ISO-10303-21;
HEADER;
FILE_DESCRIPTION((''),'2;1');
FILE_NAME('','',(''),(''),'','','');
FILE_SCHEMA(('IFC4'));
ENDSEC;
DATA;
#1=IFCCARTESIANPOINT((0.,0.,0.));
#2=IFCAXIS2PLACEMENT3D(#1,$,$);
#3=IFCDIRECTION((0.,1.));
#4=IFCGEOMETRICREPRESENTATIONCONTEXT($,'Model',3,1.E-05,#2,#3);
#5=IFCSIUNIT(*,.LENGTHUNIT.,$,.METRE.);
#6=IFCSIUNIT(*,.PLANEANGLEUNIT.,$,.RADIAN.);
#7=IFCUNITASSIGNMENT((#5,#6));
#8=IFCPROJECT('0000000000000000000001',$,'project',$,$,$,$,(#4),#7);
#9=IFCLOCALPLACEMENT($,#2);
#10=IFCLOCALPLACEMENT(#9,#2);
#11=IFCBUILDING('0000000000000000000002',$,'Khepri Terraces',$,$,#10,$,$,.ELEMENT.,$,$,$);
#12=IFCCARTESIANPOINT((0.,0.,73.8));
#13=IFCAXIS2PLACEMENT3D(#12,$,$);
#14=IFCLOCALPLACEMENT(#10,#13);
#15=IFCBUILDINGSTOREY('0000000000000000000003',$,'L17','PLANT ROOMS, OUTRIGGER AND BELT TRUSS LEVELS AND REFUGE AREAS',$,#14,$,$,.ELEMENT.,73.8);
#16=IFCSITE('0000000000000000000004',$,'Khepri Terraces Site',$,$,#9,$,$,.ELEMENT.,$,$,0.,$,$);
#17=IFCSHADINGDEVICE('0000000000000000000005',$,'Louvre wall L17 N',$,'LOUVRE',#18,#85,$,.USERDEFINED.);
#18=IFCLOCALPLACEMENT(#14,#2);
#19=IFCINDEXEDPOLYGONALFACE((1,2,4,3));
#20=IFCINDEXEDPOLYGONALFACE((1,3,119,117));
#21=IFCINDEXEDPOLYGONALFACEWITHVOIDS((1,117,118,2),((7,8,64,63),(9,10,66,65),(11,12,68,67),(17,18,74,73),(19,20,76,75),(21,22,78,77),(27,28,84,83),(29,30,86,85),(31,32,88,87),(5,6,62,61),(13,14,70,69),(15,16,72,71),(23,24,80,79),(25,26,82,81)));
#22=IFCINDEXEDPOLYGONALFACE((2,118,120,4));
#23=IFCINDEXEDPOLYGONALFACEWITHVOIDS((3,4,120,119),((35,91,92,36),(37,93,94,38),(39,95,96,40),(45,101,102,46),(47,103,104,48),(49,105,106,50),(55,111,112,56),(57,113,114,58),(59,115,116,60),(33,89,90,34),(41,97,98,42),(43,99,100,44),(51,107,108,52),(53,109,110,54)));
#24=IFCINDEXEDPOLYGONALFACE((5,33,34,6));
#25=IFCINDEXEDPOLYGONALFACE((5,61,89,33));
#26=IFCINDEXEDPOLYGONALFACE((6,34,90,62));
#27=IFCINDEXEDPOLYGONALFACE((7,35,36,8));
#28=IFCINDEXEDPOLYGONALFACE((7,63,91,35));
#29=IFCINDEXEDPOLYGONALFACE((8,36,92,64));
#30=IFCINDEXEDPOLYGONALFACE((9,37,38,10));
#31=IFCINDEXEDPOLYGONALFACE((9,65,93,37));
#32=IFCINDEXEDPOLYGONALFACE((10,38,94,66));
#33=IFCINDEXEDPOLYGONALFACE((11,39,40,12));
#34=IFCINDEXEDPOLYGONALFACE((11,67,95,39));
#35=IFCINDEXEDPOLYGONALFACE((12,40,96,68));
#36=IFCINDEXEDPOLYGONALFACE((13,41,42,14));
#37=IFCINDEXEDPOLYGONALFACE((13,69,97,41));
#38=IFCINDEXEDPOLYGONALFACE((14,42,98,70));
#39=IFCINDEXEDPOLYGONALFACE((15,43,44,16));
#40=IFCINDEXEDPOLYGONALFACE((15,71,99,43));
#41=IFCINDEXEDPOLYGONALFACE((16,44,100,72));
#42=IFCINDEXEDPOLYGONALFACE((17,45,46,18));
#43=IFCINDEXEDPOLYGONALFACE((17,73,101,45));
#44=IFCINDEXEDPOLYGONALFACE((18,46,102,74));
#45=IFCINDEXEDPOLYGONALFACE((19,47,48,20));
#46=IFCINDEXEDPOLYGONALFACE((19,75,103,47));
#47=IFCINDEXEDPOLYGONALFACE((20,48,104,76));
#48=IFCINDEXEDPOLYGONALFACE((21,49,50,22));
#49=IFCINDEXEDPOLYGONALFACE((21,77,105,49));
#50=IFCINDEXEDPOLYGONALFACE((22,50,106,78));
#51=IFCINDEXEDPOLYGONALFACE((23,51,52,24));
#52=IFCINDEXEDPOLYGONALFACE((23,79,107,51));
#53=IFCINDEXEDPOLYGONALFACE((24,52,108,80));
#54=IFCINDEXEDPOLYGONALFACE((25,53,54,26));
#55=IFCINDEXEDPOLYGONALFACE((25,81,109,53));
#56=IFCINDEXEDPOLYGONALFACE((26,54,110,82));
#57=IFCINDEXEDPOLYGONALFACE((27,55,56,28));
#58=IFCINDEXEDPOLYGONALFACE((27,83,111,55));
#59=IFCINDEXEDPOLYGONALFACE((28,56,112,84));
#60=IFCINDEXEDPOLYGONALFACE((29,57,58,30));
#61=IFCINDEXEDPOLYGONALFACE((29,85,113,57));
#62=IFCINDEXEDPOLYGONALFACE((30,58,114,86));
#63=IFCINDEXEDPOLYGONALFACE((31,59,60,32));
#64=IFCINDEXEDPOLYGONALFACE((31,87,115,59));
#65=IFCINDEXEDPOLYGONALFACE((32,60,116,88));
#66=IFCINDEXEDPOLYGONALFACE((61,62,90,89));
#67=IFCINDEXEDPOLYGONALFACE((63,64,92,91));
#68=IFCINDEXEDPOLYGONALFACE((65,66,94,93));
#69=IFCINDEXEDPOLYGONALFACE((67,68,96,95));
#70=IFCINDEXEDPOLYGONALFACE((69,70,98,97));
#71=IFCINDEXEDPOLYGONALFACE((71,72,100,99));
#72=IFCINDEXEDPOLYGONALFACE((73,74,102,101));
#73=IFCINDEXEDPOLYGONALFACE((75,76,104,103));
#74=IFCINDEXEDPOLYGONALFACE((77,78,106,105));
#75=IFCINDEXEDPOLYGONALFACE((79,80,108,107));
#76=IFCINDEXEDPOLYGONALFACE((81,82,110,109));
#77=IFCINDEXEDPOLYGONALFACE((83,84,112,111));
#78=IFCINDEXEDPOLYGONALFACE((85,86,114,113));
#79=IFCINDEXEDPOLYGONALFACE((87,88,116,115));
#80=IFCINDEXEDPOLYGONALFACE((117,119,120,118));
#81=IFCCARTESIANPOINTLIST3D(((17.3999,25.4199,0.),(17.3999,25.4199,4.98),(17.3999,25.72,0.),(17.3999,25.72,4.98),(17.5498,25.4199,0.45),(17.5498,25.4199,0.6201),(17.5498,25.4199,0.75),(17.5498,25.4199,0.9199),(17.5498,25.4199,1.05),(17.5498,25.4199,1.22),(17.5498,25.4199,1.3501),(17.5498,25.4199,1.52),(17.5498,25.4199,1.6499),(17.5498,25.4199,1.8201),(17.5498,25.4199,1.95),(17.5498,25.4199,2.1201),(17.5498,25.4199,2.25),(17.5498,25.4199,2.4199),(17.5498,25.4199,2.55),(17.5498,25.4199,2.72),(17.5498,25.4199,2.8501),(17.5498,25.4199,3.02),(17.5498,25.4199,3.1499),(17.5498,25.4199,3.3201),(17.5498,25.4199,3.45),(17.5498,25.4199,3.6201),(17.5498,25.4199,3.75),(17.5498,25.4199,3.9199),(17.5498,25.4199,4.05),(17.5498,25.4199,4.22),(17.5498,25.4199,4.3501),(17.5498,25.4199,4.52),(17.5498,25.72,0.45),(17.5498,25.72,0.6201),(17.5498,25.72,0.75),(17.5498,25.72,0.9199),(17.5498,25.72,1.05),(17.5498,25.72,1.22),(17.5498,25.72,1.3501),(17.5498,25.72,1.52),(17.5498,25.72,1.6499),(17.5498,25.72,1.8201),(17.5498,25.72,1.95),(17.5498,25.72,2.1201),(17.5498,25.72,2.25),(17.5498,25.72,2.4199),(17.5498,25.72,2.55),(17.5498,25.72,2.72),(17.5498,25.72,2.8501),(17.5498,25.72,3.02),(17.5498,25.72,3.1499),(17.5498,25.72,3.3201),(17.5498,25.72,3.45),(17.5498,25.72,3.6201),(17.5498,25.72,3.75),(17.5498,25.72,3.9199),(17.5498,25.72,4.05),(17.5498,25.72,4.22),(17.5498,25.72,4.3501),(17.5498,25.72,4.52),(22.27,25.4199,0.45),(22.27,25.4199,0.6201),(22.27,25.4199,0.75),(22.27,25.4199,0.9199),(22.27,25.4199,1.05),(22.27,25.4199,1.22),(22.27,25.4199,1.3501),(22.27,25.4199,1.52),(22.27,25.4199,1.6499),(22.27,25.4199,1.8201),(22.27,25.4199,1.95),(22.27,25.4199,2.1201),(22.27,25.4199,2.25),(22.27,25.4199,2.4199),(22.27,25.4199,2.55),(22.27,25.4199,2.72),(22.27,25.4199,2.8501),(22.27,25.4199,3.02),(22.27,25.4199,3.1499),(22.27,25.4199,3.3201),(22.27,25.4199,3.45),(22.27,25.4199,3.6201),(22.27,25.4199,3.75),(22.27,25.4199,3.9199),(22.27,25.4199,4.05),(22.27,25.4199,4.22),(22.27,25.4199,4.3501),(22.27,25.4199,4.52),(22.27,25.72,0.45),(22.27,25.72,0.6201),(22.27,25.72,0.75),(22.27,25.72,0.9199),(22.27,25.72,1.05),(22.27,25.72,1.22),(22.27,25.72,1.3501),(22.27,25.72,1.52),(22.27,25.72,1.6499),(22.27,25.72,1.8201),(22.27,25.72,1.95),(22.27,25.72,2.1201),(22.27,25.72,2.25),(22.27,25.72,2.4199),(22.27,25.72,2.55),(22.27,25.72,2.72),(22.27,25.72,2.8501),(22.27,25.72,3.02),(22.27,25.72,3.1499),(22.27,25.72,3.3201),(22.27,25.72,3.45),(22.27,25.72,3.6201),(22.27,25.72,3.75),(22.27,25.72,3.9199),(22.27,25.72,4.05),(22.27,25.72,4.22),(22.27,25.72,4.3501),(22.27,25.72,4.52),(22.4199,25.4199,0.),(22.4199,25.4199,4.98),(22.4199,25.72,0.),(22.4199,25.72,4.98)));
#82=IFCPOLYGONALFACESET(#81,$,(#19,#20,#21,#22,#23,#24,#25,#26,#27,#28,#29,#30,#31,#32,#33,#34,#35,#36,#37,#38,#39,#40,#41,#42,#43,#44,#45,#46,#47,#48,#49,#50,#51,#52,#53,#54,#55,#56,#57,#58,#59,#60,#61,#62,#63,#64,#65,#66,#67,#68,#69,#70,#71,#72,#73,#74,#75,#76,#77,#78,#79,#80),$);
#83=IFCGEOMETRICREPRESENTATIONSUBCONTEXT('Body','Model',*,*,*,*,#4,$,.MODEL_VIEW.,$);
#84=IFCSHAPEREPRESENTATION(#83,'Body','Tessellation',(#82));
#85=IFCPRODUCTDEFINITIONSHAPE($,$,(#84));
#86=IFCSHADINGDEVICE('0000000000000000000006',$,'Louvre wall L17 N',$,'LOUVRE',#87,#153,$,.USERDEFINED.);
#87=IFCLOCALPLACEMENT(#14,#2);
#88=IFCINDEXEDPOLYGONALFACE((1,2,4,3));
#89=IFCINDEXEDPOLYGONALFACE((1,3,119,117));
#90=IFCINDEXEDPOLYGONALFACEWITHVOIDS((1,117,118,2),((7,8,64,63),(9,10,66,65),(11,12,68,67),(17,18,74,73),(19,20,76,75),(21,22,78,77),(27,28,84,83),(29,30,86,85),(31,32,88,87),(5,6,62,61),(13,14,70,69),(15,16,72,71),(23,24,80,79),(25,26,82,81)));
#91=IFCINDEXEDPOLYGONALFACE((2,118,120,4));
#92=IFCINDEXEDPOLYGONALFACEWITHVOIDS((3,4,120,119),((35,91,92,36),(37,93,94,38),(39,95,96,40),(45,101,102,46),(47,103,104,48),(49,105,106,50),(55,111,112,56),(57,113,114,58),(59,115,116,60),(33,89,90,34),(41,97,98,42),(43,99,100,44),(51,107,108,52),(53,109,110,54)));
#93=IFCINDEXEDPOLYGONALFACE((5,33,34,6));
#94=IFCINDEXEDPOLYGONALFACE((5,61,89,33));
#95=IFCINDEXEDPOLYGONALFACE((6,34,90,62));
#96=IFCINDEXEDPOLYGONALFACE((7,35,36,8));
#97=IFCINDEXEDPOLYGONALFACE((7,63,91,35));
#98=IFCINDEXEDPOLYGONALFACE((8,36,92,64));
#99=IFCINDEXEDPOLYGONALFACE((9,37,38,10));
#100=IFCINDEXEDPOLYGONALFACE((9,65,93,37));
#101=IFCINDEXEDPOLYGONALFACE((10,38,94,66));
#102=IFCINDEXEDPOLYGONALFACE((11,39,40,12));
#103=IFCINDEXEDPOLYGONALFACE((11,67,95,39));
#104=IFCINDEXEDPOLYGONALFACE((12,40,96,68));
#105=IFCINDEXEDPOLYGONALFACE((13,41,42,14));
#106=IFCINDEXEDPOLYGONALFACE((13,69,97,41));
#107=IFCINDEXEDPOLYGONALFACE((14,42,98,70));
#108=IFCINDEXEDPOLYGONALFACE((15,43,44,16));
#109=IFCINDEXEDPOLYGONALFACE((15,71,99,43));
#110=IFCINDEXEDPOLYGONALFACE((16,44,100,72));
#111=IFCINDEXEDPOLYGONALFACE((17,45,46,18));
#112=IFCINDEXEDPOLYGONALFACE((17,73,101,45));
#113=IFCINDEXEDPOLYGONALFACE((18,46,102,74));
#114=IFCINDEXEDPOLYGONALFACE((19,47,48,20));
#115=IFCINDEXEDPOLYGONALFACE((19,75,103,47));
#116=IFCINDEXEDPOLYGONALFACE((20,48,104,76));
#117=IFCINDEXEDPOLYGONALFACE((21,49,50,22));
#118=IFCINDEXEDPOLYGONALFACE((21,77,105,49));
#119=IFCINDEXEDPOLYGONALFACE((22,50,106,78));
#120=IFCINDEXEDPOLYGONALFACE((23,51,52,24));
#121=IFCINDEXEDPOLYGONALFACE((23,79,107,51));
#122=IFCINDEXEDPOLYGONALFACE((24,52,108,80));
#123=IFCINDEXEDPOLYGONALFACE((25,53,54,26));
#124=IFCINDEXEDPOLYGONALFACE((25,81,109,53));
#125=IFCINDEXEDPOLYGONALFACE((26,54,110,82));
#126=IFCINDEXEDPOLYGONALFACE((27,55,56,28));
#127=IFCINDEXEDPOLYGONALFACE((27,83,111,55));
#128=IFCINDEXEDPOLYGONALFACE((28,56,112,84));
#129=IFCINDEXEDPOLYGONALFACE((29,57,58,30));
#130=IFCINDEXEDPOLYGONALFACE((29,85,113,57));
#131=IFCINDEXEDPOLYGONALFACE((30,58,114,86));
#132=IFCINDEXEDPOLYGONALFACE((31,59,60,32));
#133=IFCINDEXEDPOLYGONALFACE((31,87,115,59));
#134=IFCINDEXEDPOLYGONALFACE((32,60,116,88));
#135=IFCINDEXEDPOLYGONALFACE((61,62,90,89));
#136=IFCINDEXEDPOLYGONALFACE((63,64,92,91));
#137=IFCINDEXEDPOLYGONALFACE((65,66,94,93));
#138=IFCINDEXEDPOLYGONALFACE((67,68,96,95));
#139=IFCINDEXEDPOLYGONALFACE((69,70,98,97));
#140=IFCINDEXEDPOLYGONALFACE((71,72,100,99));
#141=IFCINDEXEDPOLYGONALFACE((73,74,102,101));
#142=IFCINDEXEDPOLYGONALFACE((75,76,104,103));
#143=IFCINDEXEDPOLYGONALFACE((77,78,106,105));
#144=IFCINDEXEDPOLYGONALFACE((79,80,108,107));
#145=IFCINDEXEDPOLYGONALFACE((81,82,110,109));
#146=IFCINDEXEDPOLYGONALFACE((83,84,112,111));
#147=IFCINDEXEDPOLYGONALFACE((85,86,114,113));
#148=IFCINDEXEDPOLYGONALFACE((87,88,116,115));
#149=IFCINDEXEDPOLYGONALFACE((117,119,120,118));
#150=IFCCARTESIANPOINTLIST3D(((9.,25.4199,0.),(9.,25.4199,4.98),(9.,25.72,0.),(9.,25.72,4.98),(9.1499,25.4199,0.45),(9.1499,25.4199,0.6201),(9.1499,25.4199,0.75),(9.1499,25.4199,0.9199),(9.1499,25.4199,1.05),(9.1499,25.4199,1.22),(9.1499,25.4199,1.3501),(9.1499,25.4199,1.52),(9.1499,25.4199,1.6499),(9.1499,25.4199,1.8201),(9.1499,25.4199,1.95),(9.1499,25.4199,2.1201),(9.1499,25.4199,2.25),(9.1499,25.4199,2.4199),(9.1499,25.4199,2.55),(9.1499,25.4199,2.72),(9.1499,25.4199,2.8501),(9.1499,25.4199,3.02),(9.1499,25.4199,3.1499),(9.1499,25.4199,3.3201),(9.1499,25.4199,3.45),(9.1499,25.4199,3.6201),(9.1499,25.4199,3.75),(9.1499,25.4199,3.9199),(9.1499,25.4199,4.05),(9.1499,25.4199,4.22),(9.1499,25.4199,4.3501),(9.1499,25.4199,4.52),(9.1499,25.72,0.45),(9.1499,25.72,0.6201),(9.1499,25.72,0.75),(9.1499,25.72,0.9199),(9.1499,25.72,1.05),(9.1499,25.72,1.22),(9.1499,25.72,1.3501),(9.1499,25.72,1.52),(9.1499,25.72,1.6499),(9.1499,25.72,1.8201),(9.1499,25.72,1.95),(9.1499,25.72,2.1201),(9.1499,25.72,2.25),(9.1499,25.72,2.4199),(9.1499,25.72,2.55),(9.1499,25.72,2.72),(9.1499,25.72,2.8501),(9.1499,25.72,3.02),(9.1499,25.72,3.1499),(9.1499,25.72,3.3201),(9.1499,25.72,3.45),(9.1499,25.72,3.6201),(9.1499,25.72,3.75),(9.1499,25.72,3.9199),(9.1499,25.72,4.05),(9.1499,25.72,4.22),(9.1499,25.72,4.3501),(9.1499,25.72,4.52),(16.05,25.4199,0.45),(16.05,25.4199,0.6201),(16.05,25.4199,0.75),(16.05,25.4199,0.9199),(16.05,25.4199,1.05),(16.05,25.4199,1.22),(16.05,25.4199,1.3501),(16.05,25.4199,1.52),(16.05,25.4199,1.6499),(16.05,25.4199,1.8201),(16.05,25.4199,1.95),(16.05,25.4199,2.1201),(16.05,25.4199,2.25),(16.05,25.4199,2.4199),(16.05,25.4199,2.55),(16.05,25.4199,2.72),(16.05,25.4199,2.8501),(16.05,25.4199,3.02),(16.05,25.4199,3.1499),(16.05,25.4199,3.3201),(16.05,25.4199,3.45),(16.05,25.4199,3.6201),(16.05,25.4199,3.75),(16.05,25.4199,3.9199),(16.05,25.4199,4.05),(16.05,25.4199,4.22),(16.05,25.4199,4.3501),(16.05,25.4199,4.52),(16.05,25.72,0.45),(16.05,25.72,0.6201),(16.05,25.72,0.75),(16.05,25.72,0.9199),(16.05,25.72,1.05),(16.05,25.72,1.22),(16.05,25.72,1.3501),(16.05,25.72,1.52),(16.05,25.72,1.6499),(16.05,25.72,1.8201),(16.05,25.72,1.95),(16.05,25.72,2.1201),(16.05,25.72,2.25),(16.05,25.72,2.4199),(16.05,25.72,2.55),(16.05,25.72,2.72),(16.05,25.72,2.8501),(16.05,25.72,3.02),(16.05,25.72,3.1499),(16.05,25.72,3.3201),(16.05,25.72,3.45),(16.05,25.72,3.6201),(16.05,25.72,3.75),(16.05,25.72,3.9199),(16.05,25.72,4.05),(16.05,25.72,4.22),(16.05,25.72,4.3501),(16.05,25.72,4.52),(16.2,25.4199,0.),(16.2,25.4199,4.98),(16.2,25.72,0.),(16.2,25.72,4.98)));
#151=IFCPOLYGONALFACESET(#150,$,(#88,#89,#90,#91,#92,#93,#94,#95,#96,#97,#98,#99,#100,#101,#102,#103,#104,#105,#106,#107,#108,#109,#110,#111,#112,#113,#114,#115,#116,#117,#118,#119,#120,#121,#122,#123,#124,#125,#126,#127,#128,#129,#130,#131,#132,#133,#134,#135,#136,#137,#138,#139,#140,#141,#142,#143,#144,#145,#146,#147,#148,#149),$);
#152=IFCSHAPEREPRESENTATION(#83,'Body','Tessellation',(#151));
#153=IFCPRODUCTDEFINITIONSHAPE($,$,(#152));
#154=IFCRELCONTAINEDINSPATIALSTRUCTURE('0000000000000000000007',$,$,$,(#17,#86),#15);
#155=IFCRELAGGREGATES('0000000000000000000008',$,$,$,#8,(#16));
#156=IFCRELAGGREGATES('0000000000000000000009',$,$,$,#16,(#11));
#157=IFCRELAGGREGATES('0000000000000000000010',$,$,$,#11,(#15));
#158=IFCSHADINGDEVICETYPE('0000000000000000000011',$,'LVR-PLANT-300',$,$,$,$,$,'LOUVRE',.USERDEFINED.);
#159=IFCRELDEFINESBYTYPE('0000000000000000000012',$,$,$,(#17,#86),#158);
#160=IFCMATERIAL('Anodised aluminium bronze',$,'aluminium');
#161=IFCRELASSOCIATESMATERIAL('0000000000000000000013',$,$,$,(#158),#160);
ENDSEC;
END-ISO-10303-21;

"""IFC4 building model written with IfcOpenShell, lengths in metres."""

from ifc_helpers import new_model, si_unit, direction, frame, origin, place, context, subcontext, project, spatial, polyline, outline, extrude, material, type_object, element, save


model = new_model("IFC4")

# Units and contexts
model_context = context("Model", 3, precision=1e-05, world=origin(), true_north=direction((0.0, 1.0)))
body_context = subcontext(model_context, "Body", "Model", "MODEL_VIEW")
ifc_project = project(units=[si_unit("LENGTHUNIT", "METRE"), si_unit("PLANEANGLEUNIT", "RADIAN")], contexts=[model_context])

# Site, building, storey
site_placement = place(None, origin())
site = spatial("IfcSite", under=ifc_project, at=site_placement, Name="Khepri Terraces Site", CompositionType="ELEMENT", RefElevation=0.0)
building_placement = place(site_placement, origin())
building = spatial("IfcBuilding", under=site, at=building_placement, Name="Khepri Terraces", CompositionType="ELEMENT")
storey_placement = place(building_placement, frame((0.0, 0.0, 73.8)))
storey = spatial("IfcBuildingStorey", under=building, at=storey_placement, Name="L17", Description="PLANT ROOMS, OUTRIGGER AND BELT TRUSS LEVELS AND REFUGE AREAS", CompositionType="ELEMENT", Elevation=73.8)

# Shading devices
ifc_material_1 = material(Name="Anodised aluminium bronze", Category="aluminium")
shading_device_type = type_object("IfcShadingDeviceType", Name="LVR-PLANT-300", ElementType="LOUVRE", PredefinedType="USERDEFINED", material=ifc_material_1)
shading_device_1_placement = place(storey_placement, frame((22.4199, 25.4199, 0.0), z_axis=(0.0, 1.0, 0.0), x_axis=(-1.0, 0.0, 0.0)))
element("IfcShadingDevice", 1, at=shading_device_1_placement, inside=storey, type_object=shading_device_type, Name="Louvre wall L17 N", ObjectType="LOUVRE", PredefinedType="USERDEFINED", context=body_context, shape_type="SweptSolid", body=[
    extrude(outline(polyline([(0.0, 0.0), (5.02, 0.0), (5.02, 4.98), (0.0, 4.98), (0.0, 0.0)]), holes=[polyline([(0.1499, 0.45), (4.8701, 0.45), (4.8701, 0.6201), (0.1499, 0.6201), (0.1499, 0.45)]), polyline([(0.1499, 0.75), (4.8701, 0.75), (4.8701, 0.9199), (0.1499, 0.9199), (0.1499, 0.75)]), polyline([(0.1499, 1.05), (4.8701, 1.05), (4.8701, 1.22), (0.1499, 1.22), (0.1499, 1.05)]), polyline([(0.1499, 1.3501), (4.8701, 1.3501), (4.8701, 1.52), (0.1499, 1.52), (0.1499, 1.3501)]), polyline([(0.1499, 1.6499), (4.8701, 1.6499), (4.8701, 1.8201), (0.1499, 1.8201), (0.1499, 1.6499)]), polyline([(0.1499, 1.95), (4.8701, 1.95), (4.8701, 2.1201), (0.1499, 2.1201), (0.1499, 1.95)]), polyline([(0.1499, 2.25), (4.8701, 2.25), (4.8701, 2.4199), (0.1499, 2.4199), (0.1499, 2.25)]), polyline([(0.1499, 2.55), (4.8701, 2.55), (4.8701, 2.72), (0.1499, 2.72), (0.1499, 2.55)]), polyline([(0.1499, 2.8501), (4.8701, 2.8501), (4.8701, 3.02), (0.1499, 3.02), (0.1499, 2.8501)]), polyline([(0.1499, 3.1499), (4.8701, 3.1499), (4.8701, 3.3201), (0.1499, 3.3201), (0.1499, 3.1499)]), polyline([(0.1499, 3.45), (4.8701, 3.45), (4.8701, 3.6201), (0.1499, 3.6201), (0.1499, 3.45)]), polyline([(0.1499, 3.75), (4.8701, 3.75), (4.8701, 3.9199), (0.1499, 3.9199), (0.1499, 3.75)]), polyline([(0.1499, 4.05), (4.8701, 4.05), (4.8701, 4.22), (0.1499, 4.22), (0.1499, 4.05)]), polyline([(0.1499, 4.3501), (4.8701, 4.3501), (4.8701, 4.52), (0.1499, 4.52), (0.1499, 4.3501)])]), origin(), (0.0, 0.0, 1.0), 0.3),
])
shading_device_2_placement = place(storey_placement, frame((16.2, 25.4199, 0.0), z_axis=(0.0, 1.0, 0.0), x_axis=(-1.0, 0.0, 0.0)))
element("IfcShadingDevice", 2, at=shading_device_2_placement, inside=storey, type_object=shading_device_type, Name="Louvre wall L17 N", ObjectType="LOUVRE", PredefinedType="USERDEFINED", context=body_context, shape_type="SweptSolid", body=[
    extrude(outline(polyline([(0.0, 0.0), (7.2, 0.0), (7.2, 4.98), (0.0, 4.98), (0.0, 0.0)]), holes=[polyline([(0.1499, 0.45), (7.05, 0.45), (7.05, 0.6201), (0.1499, 0.6201), (0.1499, 0.45)]), polyline([(0.1499, 0.75), (7.05, 0.75), (7.05, 0.9199), (0.1499, 0.9199), (0.1499, 0.75)]), polyline([(0.1499, 1.05), (7.05, 1.05), (7.05, 1.22), (0.1499, 1.22), (0.1499, 1.05)]), polyline([(0.1499, 1.3501), (7.05, 1.3501), (7.05, 1.52), (0.1499, 1.52), (0.1499, 1.3501)]), polyline([(0.1499, 1.6499), (7.05, 1.6499), (7.05, 1.8201), (0.1499, 1.8201), (0.1499, 1.6499)]), polyline([(0.1499, 1.95), (7.05, 1.95), (7.05, 2.1201), (0.1499, 2.1201), (0.1499, 1.95)]), polyline([(0.1499, 2.25), (7.05, 2.25), (7.05, 2.4199), (0.1499, 2.4199), (0.1499, 2.25)]), polyline([(0.1499, 2.55), (7.05, 2.55), (7.05, 2.72), (0.1499, 2.72), (0.1499, 2.55)]), polyline([(0.1499, 2.8501), (7.05, 2.8501), (7.05, 3.02), (0.1499, 3.02), (0.1499, 2.8501)]), polyline([(0.1499, 3.1499), (7.05, 3.1499), (7.05, 3.3201), (0.1499, 3.3201), (0.1499, 3.1499)]), polyline([(0.1499, 3.45), (7.05, 3.45), (7.05, 3.6201), (0.1499, 3.6201), (0.1499, 3.45)]), polyline([(0.1499, 3.75), (7.05, 3.75), (7.05, 3.9199), (0.1499, 3.9199), (0.1499, 3.75)]), polyline([(0.1499, 4.05), (7.05, 4.05), (7.05, 4.22), (0.1499, 4.22), (0.1499, 4.05)]), polyline([(0.1499, 4.3501), (7.05, 4.3501), (7.05, 4.52), (0.1499, 4.52), (0.1499, 4.3501)])]), origin(), (0.0, 0.0, 1.0), 0.3),
])

save(model, "model.ifc")
